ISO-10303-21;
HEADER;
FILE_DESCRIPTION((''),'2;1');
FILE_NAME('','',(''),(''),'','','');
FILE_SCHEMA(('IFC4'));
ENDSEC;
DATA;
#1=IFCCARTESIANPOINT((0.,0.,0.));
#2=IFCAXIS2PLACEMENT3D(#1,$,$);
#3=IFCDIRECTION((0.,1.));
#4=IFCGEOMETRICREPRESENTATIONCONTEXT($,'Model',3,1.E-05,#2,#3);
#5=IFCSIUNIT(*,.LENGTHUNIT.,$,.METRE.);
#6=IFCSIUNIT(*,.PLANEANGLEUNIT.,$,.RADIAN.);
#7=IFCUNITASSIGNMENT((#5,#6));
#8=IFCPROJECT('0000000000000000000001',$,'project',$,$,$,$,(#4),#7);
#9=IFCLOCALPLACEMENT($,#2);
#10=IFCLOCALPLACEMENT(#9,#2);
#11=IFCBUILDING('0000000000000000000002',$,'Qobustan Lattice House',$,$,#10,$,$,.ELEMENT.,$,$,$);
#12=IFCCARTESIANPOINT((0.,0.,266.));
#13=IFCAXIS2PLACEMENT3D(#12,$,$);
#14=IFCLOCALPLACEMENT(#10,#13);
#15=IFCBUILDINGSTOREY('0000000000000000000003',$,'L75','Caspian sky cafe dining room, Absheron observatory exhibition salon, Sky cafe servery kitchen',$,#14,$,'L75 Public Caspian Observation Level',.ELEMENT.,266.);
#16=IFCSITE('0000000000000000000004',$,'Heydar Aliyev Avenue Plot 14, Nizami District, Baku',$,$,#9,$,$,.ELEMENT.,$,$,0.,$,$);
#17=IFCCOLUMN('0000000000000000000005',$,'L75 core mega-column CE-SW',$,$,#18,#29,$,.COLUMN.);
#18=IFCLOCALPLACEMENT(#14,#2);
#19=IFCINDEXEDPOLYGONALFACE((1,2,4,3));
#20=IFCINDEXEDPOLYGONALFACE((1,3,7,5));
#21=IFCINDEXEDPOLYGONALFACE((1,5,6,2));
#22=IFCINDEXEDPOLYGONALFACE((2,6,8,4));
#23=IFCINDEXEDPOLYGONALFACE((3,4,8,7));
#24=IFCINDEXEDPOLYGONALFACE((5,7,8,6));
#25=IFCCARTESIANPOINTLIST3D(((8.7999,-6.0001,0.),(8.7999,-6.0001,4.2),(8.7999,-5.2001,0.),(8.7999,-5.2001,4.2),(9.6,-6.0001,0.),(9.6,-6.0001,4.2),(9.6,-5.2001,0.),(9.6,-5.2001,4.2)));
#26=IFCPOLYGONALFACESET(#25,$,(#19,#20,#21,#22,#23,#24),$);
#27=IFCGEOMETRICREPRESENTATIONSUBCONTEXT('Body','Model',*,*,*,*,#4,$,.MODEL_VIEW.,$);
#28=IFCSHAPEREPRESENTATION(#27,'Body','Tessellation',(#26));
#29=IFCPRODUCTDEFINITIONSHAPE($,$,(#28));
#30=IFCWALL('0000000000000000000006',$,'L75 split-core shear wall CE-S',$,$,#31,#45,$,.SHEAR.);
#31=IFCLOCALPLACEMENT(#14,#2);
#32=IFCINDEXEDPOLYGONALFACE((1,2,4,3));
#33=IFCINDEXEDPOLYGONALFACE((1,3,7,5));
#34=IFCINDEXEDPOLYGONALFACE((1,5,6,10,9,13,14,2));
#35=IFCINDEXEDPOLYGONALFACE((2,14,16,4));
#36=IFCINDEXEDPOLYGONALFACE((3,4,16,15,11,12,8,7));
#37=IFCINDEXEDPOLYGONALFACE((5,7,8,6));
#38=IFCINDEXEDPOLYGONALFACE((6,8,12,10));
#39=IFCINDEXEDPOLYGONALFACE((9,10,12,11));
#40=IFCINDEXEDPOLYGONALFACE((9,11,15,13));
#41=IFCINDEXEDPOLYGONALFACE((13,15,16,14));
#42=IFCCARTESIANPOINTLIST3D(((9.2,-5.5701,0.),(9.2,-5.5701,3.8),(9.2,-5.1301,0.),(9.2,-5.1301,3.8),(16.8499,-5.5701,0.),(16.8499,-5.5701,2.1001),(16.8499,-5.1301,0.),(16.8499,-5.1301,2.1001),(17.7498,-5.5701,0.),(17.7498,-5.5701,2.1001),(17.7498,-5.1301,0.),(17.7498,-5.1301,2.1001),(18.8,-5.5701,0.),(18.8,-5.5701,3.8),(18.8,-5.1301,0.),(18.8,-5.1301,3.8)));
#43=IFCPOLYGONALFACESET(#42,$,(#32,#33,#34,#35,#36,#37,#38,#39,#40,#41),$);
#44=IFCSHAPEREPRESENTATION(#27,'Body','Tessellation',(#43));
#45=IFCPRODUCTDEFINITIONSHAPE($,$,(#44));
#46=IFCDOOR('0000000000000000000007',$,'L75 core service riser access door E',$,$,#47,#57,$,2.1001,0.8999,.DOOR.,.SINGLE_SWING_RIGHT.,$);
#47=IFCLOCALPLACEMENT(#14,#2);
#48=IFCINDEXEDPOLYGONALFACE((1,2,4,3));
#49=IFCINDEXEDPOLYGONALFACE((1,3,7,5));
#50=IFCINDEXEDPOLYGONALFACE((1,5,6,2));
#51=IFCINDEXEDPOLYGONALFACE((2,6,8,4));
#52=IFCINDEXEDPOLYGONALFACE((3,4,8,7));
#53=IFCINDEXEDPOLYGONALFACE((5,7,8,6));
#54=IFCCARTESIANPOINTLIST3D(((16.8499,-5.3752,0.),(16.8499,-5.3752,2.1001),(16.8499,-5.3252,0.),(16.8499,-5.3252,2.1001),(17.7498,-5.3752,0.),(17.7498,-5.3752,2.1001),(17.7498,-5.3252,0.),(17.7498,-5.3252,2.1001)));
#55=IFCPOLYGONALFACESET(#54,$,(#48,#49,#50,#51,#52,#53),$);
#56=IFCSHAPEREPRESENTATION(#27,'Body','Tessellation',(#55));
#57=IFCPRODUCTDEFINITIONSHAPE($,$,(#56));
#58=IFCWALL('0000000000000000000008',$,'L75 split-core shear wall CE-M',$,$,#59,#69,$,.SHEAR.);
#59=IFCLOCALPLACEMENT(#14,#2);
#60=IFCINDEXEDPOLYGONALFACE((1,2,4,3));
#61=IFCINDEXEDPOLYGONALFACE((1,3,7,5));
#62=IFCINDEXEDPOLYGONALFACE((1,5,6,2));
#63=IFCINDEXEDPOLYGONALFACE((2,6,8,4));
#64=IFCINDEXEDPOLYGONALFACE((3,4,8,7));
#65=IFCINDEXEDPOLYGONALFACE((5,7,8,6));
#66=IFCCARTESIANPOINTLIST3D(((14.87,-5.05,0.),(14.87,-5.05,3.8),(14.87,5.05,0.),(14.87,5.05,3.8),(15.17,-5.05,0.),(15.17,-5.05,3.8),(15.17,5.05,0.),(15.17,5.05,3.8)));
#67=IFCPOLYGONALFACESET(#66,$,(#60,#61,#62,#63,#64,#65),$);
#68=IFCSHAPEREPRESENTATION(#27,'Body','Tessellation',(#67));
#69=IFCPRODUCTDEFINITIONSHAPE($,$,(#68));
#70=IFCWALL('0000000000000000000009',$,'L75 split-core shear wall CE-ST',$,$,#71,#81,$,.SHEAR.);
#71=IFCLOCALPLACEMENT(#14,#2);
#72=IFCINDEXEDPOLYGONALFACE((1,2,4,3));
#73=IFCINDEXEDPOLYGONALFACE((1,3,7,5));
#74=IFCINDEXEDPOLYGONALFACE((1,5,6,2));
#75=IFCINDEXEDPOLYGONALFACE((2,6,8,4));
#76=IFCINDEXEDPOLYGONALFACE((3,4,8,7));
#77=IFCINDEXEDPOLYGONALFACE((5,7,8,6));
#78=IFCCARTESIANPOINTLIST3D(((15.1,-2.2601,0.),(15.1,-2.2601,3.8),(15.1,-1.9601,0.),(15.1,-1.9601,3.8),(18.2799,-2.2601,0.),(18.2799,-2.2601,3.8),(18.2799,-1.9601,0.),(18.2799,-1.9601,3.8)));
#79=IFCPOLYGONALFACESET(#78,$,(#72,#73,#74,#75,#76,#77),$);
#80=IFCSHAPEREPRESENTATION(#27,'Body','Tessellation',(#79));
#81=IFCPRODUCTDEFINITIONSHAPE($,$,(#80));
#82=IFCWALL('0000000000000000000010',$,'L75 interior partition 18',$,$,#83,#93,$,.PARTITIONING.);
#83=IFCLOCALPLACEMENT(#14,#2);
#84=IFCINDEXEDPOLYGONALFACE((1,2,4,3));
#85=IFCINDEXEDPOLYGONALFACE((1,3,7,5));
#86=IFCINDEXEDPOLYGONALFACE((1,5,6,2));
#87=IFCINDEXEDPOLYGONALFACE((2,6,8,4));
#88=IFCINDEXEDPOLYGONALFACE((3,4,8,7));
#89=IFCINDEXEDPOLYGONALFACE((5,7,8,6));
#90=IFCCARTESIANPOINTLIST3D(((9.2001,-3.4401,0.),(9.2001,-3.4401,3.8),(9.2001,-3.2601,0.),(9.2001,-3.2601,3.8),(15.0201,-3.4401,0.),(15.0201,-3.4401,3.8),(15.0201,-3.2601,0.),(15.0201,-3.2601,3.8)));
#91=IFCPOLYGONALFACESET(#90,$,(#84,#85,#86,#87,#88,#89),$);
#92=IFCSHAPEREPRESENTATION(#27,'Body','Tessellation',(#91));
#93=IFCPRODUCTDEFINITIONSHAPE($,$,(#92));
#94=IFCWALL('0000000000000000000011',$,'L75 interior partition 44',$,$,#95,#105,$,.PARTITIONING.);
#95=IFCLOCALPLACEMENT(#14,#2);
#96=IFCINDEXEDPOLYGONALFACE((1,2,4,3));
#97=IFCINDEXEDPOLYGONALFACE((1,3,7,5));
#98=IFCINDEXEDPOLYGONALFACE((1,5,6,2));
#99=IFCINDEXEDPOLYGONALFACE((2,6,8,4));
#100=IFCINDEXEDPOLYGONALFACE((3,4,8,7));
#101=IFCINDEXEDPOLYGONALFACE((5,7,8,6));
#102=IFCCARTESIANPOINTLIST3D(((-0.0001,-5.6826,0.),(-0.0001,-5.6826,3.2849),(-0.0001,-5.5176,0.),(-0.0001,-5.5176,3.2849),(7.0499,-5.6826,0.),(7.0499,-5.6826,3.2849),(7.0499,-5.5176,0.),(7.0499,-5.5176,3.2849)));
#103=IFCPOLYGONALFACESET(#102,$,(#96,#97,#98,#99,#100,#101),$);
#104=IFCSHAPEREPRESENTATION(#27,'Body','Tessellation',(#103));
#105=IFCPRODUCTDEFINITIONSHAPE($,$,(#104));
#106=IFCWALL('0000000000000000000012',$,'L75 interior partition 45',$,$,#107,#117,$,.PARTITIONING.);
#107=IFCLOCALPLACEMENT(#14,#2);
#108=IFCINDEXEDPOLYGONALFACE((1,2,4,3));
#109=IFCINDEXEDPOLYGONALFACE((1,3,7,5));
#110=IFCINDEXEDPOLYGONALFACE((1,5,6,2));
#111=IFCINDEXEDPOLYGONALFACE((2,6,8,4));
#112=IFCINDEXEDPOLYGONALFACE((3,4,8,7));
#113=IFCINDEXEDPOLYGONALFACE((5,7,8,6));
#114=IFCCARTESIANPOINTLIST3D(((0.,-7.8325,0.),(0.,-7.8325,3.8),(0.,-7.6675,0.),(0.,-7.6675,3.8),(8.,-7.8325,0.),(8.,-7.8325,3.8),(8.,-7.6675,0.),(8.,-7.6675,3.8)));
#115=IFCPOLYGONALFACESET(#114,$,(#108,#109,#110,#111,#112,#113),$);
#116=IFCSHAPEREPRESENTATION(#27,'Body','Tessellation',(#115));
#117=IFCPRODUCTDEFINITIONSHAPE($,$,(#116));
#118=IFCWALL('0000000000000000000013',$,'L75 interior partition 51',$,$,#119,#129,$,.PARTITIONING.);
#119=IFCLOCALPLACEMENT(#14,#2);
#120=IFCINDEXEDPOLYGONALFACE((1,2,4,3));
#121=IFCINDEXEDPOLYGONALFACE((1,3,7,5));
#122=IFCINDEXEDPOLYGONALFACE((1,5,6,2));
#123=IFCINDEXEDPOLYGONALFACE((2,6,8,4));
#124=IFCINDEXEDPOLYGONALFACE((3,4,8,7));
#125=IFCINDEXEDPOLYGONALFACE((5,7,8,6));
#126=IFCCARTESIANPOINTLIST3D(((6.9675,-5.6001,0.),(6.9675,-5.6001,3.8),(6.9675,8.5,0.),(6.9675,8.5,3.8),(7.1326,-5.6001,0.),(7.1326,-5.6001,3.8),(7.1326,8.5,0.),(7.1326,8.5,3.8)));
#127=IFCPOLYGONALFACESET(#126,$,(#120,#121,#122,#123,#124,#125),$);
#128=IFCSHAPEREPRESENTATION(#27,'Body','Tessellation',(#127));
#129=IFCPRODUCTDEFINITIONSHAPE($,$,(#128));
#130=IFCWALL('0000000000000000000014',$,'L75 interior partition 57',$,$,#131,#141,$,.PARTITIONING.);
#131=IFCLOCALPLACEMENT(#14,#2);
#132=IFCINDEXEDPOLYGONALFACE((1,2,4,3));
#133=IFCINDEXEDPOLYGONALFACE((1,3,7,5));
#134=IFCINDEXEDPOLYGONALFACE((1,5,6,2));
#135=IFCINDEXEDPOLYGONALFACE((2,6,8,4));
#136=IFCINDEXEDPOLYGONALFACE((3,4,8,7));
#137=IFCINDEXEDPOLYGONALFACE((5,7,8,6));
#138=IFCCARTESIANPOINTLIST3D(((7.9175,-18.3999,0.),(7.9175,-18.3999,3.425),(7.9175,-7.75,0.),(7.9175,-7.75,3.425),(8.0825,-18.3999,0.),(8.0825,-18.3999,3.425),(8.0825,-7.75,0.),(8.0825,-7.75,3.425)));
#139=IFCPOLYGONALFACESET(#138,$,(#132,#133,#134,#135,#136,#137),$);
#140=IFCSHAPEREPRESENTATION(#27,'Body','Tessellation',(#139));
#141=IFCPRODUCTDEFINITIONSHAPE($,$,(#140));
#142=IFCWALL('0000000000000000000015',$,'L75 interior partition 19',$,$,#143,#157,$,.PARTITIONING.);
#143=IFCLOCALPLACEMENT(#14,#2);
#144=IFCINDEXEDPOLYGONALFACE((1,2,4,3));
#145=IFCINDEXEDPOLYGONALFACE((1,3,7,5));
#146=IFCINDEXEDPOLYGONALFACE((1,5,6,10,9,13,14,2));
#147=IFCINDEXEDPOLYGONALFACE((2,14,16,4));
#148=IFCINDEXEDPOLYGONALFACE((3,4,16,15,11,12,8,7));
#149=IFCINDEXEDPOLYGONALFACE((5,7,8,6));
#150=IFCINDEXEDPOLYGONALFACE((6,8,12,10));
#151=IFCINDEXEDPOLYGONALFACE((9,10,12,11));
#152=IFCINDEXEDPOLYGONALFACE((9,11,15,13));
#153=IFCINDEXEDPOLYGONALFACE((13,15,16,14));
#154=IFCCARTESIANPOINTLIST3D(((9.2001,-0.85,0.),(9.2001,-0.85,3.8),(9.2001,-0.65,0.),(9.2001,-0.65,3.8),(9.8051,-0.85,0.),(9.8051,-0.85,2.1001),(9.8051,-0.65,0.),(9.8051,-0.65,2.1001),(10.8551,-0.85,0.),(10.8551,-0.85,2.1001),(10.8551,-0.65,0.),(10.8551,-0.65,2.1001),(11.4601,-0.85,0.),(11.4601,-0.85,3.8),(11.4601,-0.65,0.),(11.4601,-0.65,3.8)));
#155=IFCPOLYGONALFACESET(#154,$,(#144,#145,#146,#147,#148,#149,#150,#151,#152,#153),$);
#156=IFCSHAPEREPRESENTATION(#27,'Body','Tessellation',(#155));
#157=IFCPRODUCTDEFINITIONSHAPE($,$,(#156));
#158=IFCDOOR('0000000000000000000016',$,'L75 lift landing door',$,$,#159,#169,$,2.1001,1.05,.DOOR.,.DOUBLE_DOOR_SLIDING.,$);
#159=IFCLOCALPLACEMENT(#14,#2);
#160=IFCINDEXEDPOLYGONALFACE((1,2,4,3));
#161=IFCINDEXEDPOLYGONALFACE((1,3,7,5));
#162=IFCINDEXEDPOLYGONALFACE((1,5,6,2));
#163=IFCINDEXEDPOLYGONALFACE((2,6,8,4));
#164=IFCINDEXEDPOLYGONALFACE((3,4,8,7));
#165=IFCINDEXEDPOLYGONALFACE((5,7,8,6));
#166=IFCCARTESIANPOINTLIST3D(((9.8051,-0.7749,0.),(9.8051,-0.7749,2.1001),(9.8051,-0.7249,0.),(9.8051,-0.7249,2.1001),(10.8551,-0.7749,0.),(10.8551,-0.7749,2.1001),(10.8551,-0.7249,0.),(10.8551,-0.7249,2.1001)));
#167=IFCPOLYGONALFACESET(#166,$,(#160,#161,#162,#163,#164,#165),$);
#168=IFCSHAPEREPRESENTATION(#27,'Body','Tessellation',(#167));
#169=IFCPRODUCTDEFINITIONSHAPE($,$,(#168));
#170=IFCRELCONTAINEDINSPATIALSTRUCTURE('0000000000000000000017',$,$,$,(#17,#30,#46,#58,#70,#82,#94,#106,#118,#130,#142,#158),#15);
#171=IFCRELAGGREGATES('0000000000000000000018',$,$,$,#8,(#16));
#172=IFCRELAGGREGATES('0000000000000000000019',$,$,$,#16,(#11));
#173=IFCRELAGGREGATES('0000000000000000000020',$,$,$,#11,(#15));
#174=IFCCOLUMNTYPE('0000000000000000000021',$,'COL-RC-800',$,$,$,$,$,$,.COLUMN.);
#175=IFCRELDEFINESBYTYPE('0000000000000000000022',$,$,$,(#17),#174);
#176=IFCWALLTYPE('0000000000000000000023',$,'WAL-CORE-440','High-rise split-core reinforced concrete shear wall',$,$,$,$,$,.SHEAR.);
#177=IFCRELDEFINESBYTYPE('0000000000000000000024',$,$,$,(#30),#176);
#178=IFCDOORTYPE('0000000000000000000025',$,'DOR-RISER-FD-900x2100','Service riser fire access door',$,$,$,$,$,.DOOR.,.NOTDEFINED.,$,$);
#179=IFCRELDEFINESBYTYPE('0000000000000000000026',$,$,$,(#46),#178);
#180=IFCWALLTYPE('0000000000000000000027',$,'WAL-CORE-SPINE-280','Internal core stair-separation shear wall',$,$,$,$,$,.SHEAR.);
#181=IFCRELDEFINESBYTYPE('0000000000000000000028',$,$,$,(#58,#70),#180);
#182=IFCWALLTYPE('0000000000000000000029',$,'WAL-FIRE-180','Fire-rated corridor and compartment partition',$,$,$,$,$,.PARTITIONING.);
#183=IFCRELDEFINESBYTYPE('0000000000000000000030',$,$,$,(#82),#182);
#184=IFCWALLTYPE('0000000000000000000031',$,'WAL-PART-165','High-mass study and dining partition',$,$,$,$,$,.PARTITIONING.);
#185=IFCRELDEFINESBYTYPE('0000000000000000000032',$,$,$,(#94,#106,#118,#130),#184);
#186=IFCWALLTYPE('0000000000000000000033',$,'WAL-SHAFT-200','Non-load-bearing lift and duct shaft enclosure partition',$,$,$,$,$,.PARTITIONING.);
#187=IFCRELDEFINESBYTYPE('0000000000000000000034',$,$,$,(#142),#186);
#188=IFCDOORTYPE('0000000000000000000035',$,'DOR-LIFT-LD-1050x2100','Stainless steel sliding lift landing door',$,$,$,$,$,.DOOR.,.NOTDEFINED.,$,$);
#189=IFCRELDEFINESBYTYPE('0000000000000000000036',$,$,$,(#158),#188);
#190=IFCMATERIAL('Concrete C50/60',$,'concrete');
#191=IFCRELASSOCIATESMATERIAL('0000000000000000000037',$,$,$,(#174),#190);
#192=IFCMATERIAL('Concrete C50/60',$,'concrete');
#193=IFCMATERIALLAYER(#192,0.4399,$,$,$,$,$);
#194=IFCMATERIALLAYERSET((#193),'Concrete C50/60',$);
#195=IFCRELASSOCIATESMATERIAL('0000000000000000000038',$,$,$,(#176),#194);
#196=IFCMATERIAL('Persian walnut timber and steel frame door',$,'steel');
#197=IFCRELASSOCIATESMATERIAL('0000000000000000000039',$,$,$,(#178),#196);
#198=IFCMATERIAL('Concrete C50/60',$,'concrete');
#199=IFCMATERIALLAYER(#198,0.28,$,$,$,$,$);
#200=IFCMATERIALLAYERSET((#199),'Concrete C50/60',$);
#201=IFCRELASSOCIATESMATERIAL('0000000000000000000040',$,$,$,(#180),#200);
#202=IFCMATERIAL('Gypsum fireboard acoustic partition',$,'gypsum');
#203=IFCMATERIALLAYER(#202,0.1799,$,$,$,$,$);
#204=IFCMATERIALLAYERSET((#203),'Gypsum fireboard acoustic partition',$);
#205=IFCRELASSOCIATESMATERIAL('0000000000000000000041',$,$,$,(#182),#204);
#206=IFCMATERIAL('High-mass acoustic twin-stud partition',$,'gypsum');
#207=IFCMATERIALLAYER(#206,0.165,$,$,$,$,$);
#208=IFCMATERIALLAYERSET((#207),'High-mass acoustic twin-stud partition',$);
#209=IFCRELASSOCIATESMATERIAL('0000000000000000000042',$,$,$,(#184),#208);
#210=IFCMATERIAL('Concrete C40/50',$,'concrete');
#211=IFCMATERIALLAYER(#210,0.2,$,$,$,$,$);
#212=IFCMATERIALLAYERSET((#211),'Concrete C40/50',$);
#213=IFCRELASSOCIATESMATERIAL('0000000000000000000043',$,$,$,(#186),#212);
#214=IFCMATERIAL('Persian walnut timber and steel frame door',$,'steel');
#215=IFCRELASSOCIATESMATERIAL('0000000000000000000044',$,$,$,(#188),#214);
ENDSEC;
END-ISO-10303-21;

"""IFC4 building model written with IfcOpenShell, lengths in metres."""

from ifc_helpers import new_model, si_unit, direction, frame, frame_2d, origin, origin_2d, place, context, subcontext, project, spatial, rectangle, extrude, material, layer, layer_set, material_profile, profile_set, type_object, element, fill, save


model = new_model("IFC4")

# Units and contexts
model_context = context("Model", 3, precision=1e-05, world=origin(), true_north=direction((0.0, 1.0)))
body_context = subcontext(model_context, "Body", "Model", "MODEL_VIEW")
ifc_project = project(units=[si_unit("LENGTHUNIT", "METRE"), si_unit("PLANEANGLEUNIT", "RADIAN")], contexts=[model_context])

# Site, building, storey
site_placement = place(None, origin())
site = spatial("IfcSite", under=ifc_project, at=site_placement, Name="Heydar Aliyev Avenue Plot 14, Nizami District, Baku", CompositionType="ELEMENT", RefElevation=0.0)
building_placement = place(site_placement, origin())
building = spatial("IfcBuilding", under=site, at=building_placement, Name="Qobustan Lattice House", CompositionType="ELEMENT")
storey_placement = place(building_placement, frame((0.0, 0.0, 266.0)))
storey = spatial("IfcBuildingStorey", under=building, at=storey_placement, Name="L75", Description="Caspian sky cafe dining room, Absheron observatory exhibition salon, Sky cafe servery kitchen", LongName="L75 Public Caspian Observation Level", CompositionType="ELEMENT", Elevation=266.0)

# Column
ifc_material_1 = material(Name="Concrete C50/60", Category="concrete")
ifc_material_profile = material_profile(ifc_material_1, rectangle(XDim=0.8, YDim=0.8, at=origin_2d()), Name="RC800x800")
ifc_profile_set = profile_set([ifc_material_profile], Name="Concrete C50/60")
column_type = type_object("IfcColumnType", Name="COL-RC-800", PredefinedType="COLUMN", material=ifc_profile_set)
column_placement = place(storey_placement, frame((9.2, -5.6001, 0.0), z_axis=(0.0, 0.0, 1.0), x_axis=(1.0, 0.0, 0.0)))
element("IfcColumn", 1, at=column_placement, inside=storey, type_object=column_type, Name="L75 core mega-column CE-SW", PredefinedType="COLUMN", context=body_context, shape_type="SweptSolid", body=[
    extrude(rectangle(XDim=0.8, YDim=0.8, at=origin_2d()), origin(), (0.0, 0.0, 1.0), 4.2),
])

# Wall, opening, door
ifc_material_2 = material(Name="Concrete C50/60", Category="concrete")
ifc_layer_1 = layer(ifc_material_2, 0.4399)
ifc_layer_set_1 = layer_set([ifc_layer_1], Name="Concrete C50/60")
wall_type_1 = type_object("IfcWallType", Name="WAL-CORE-440", Description="High-rise split-core reinforced concrete shear wall", PredefinedType="SHEAR", material=ifc_layer_set_1)
wall_1_placement = place(storey_placement, frame((9.2, -5.3501, 0.0), z_axis=(0.0, 0.0, 1.0), x_axis=(1.0, 0.0, 0.0)))
wall_1 = element("IfcWall", 2, at=wall_1_placement, inside=storey, type_object=wall_type_1, Name="L75 split-core shear wall CE-S", PredefinedType="SHEAR", context=body_context, shape_type="SweptSolid", body=[
    extrude(rectangle(XDim=9.6001, YDim=0.4399, at=frame_2d((4.8, 0.0))), origin(), (0.0, 0.0, 1.0), 3.8),
])
opening_1_placement = place(wall_1_placement, frame((7.6499, 0.0, 0.0)))
opening_1 = element("IfcOpeningElement", 3, at=opening_1_placement, cuts=wall_1, PredefinedType="OPENING", context=body_context, shape_type="SweptSolid", body=[
    extrude(rectangle(XDim=0.8999, YDim=2.1001, at=frame_2d((0.45, 1.05))), frame((0.0, 0.23, 0.0), z_axis=(0.0, -1.0, 0.0), x_axis=(1.0, 0.0, 0.0)), (0.0, 0.0, 1.0), 0.46),
])
ifc_material_3 = material(Name="Persian walnut timber and steel frame door", Category="steel")
door_type_1 = type_object("IfcDoorType", Name="DOR-RISER-FD-900x2100", Description="Service riser fire access door", OperationType="NOTDEFINED", PredefinedType="DOOR", material=ifc_material_3)
door_1_placement = place(opening_1_placement, origin())
door_1 = element("IfcDoor", 4, at=door_1_placement, inside=storey, type_object=door_type_1, Name="L75 core service riser access door E", OperationType="SINGLE_SWING_RIGHT", OverallHeight=2.1001, OverallWidth=0.8999, PredefinedType="DOOR", context=body_context, shape_type="SweptSolid", body=[
    extrude(rectangle(XDim=0.8999, YDim=2.1001, at=frame_2d((0.45, 1.05))), frame((0.0, 0.0249, 0.0), z_axis=(0.0, -1.0, 0.0), x_axis=(1.0, 0.0, 0.0)), (0.0, 0.0, 1.0), 0.05),
])
fill(opening_1, door_1)

# Walls
ifc_material_4 = material(Name="Concrete C50/60", Category="concrete")
ifc_layer_2 = layer(ifc_material_4, 0.28)
ifc_layer_set_2 = layer_set([ifc_layer_2], Name="Concrete C50/60")
wall_type_2 = type_object("IfcWallType", Name="WAL-CORE-SPINE-280", Description="Internal core stair-separation shear wall", PredefinedType="SHEAR", material=ifc_layer_set_2)
wall_2_placement = place(storey_placement, frame((15.02, -5.05, 0.0), z_axis=(0.0, 0.0, 1.0), x_axis=(0.0, 1.0, 0.0)))
element("IfcWall", 5, at=wall_2_placement, inside=storey, type_object=wall_type_2, Name="L75 split-core shear wall CE-M", PredefinedType="SHEAR", context=body_context, shape_type="SweptSolid", body=[
    extrude(rectangle(XDim=10.1001, YDim=0.3, at=frame_2d((5.05, 0.0))), origin(), (0.0, 0.0, 1.0), 3.8),
])
wall_3_placement = place(storey_placement, frame((15.1001, -2.1101, 0.0), z_axis=(0.0, 0.0, 1.0), x_axis=(1.0, 0.0, 0.0)))
element("IfcWall", 6, at=wall_3_placement, inside=storey, type_object=wall_type_2, Name="L75 split-core shear wall CE-ST", PredefinedType="SHEAR", context=body_context, shape_type="SweptSolid", body=[
    extrude(rectangle(XDim=3.1799, YDim=0.3, at=frame_2d((1.5898, 0.0))), origin(), (0.0, 0.0, 1.0), 3.8),
])
ifc_material_5 = material(Name="Gypsum fireboard acoustic partition", Category="gypsum")
ifc_layer_3 = layer(ifc_material_5, 0.1799)
ifc_layer_set_3 = layer_set([ifc_layer_3], Name="Gypsum fireboard acoustic partition")
wall_type_3 = type_object("IfcWallType", Name="WAL-FIRE-180", Description="Fire-rated corridor and compartment partition", PredefinedType="PARTITIONING", material=ifc_layer_set_3)
wall_4_placement = place(storey_placement, frame((9.2, -3.3501, 0.0), z_axis=(0.0, 0.0, 1.0), x_axis=(1.0, 0.0, 0.0)))
element("IfcWall", 7, at=wall_4_placement, inside=storey, type_object=wall_type_3, Name="L75 interior partition 18", PredefinedType="PARTITIONING", context=body_context, shape_type="SweptSolid", body=[
    extrude(rectangle(XDim=5.8201, YDim=0.1799, at=frame_2d((2.9102, 0.0))), origin(), (0.0, 0.0, 1.0), 3.8),
])
ifc_material_6 = material(Name="High-mass acoustic twin-stud partition", Category="gypsum")
ifc_layer_4 = layer(ifc_material_6, 0.165)
ifc_layer_set_4 = layer_set([ifc_layer_4], Name="High-mass acoustic twin-stud partition")
wall_type_4 = type_object("IfcWallType", Name="WAL-PART-165", Description="High-mass study and dining partition", PredefinedType="PARTITIONING", material=ifc_layer_set_4)
wall_5_placement = place(storey_placement, frame((0.0, -5.6001, 0.0), z_axis=(0.0, 0.0, 1.0), x_axis=(1.0, 0.0, 0.0)))
element("IfcWall", 8, at=wall_5_placement, inside=storey, type_object=wall_type_4, Name="L75 interior partition 44", PredefinedType="PARTITIONING", context=body_context, shape_type="SweptSolid", body=[
    extrude(rectangle(XDim=7.05, YDim=0.165, at=frame_2d((3.5249, 0.0))), origin(), (0.0, 0.0, 1.0), 3.2849),
])
wall_6_placement = place(storey_placement, frame((8.0, -7.75, 0.0), z_axis=(0.0, 0.0, 1.0), x_axis=(-1.0, 0.0, 0.0)))
element("IfcWall", 9, at=wall_6_placement, inside=storey, type_object=wall_type_4, Name="L75 interior partition 45", PredefinedType="PARTITIONING", context=body_context, shape_type="SweptSolid", body=[
    extrude(rectangle(XDim=8.0, YDim=0.165, at=frame_2d((4.0, 0.0))), origin(), (0.0, 0.0, 1.0), 3.8),
])
wall_7_placement = place(storey_placement, frame((7.05, -5.6001, 0.0), z_axis=(0.0, 0.0, 1.0), x_axis=(0.0, 1.0, 0.0)))
element("IfcWall", 10, at=wall_7_placement, inside=storey, type_object=wall_type_4, Name="L75 interior partition 51", PredefinedType="PARTITIONING", context=body_context, shape_type="SweptSolid", body=[
    extrude(rectangle(XDim=14.1001, YDim=0.165, at=frame_2d((7.05, 0.0))), origin(), (0.0, 0.0, 1.0), 3.8),
])
wall_8_placement = place(storey_placement, frame((8.0, -7.75, 0.0), z_axis=(0.0, 0.0, 1.0), x_axis=(0.0, -1.0, 0.0)))
element("IfcWall", 11, at=wall_8_placement, inside=storey, type_object=wall_type_4, Name="L75 interior partition 57", PredefinedType="PARTITIONING", context=body_context, shape_type="SweptSolid", body=[
    extrude(rectangle(XDim=10.6499, YDim=0.165, at=frame_2d((5.325, 0.0))), origin(), (0.0, 0.0, 1.0), 3.425),
])

# Wall, opening, door
ifc_material_7 = material(Name="Concrete C40/50", Category="concrete")
ifc_layer_5 = layer(ifc_material_7, 0.2)
ifc_layer_set_5 = layer_set([ifc_layer_5], Name="Concrete C40/50")
wall_type_5 = type_object("IfcWallType", Name="WAL-SHAFT-200", Description="Non-load-bearing lift and duct shaft enclosure partition", PredefinedType="PARTITIONING", material=ifc_layer_set_5)
wall_9_placement = place(storey_placement, frame((11.46, -0.75, 0.0), z_axis=(0.0, 0.0, 1.0), x_axis=(-1.0, 0.0, 0.0)))
wall_9 = element("IfcWall", 12, at=wall_9_placement, inside=storey, type_object=wall_type_5, Name="L75 interior partition 19", PredefinedType="PARTITIONING", context=body_context, shape_type="SweptSolid", body=[
    extrude(rectangle(XDim=2.26, YDim=0.2, at=frame_2d((1.1299, 0.0))), origin(), (0.0, 0.0, 1.0), 3.8),
])
opening_2_placement = place(wall_9_placement, frame((0.605, 0.0, 0.0)))
opening_2 = element("IfcOpeningElement", 13, at=opening_2_placement, cuts=wall_9, PredefinedType="OPENING", context=body_context, shape_type="SweptSolid", body=[
    extrude(rectangle(XDim=1.05, YDim=2.1001, at=frame_2d((0.5249, 1.05))), frame((0.0, 0.1099, 0.0), z_axis=(0.0, -1.0, 0.0), x_axis=(1.0, 0.0, 0.0)), (0.0, 0.0, 1.0), 0.22),
])
ifc_material_8 = material(Name="Persian walnut timber and steel frame door", Category="steel")
door_type_2 = type_object("IfcDoorType", Name="DOR-LIFT-LD-1050x2100", Description="Stainless steel sliding lift landing door", OperationType="NOTDEFINED", PredefinedType="DOOR", material=ifc_material_8)
door_2_placement = place(opening_2_placement, origin())
door_2 = element("IfcDoor", 14, at=door_2_placement, inside=storey, type_object=door_type_2, Name="L75 lift landing door", OperationType="DOUBLE_DOOR_SLIDING", OverallHeight=2.1001, OverallWidth=1.05, PredefinedType="DOOR", context=body_context, shape_type="SweptSolid", body=[
    extrude(rectangle(XDim=1.05, YDim=2.1001, at=frame_2d((0.5249, 1.05))), frame((0.0, 0.0249, 0.0), z_axis=(0.0, -1.0, 0.0), x_axis=(1.0, 0.0, 0.0)), (0.0, 0.0, 1.0), 0.05),
])
fill(opening_2, door_2)

save(model, "model.ifc")
